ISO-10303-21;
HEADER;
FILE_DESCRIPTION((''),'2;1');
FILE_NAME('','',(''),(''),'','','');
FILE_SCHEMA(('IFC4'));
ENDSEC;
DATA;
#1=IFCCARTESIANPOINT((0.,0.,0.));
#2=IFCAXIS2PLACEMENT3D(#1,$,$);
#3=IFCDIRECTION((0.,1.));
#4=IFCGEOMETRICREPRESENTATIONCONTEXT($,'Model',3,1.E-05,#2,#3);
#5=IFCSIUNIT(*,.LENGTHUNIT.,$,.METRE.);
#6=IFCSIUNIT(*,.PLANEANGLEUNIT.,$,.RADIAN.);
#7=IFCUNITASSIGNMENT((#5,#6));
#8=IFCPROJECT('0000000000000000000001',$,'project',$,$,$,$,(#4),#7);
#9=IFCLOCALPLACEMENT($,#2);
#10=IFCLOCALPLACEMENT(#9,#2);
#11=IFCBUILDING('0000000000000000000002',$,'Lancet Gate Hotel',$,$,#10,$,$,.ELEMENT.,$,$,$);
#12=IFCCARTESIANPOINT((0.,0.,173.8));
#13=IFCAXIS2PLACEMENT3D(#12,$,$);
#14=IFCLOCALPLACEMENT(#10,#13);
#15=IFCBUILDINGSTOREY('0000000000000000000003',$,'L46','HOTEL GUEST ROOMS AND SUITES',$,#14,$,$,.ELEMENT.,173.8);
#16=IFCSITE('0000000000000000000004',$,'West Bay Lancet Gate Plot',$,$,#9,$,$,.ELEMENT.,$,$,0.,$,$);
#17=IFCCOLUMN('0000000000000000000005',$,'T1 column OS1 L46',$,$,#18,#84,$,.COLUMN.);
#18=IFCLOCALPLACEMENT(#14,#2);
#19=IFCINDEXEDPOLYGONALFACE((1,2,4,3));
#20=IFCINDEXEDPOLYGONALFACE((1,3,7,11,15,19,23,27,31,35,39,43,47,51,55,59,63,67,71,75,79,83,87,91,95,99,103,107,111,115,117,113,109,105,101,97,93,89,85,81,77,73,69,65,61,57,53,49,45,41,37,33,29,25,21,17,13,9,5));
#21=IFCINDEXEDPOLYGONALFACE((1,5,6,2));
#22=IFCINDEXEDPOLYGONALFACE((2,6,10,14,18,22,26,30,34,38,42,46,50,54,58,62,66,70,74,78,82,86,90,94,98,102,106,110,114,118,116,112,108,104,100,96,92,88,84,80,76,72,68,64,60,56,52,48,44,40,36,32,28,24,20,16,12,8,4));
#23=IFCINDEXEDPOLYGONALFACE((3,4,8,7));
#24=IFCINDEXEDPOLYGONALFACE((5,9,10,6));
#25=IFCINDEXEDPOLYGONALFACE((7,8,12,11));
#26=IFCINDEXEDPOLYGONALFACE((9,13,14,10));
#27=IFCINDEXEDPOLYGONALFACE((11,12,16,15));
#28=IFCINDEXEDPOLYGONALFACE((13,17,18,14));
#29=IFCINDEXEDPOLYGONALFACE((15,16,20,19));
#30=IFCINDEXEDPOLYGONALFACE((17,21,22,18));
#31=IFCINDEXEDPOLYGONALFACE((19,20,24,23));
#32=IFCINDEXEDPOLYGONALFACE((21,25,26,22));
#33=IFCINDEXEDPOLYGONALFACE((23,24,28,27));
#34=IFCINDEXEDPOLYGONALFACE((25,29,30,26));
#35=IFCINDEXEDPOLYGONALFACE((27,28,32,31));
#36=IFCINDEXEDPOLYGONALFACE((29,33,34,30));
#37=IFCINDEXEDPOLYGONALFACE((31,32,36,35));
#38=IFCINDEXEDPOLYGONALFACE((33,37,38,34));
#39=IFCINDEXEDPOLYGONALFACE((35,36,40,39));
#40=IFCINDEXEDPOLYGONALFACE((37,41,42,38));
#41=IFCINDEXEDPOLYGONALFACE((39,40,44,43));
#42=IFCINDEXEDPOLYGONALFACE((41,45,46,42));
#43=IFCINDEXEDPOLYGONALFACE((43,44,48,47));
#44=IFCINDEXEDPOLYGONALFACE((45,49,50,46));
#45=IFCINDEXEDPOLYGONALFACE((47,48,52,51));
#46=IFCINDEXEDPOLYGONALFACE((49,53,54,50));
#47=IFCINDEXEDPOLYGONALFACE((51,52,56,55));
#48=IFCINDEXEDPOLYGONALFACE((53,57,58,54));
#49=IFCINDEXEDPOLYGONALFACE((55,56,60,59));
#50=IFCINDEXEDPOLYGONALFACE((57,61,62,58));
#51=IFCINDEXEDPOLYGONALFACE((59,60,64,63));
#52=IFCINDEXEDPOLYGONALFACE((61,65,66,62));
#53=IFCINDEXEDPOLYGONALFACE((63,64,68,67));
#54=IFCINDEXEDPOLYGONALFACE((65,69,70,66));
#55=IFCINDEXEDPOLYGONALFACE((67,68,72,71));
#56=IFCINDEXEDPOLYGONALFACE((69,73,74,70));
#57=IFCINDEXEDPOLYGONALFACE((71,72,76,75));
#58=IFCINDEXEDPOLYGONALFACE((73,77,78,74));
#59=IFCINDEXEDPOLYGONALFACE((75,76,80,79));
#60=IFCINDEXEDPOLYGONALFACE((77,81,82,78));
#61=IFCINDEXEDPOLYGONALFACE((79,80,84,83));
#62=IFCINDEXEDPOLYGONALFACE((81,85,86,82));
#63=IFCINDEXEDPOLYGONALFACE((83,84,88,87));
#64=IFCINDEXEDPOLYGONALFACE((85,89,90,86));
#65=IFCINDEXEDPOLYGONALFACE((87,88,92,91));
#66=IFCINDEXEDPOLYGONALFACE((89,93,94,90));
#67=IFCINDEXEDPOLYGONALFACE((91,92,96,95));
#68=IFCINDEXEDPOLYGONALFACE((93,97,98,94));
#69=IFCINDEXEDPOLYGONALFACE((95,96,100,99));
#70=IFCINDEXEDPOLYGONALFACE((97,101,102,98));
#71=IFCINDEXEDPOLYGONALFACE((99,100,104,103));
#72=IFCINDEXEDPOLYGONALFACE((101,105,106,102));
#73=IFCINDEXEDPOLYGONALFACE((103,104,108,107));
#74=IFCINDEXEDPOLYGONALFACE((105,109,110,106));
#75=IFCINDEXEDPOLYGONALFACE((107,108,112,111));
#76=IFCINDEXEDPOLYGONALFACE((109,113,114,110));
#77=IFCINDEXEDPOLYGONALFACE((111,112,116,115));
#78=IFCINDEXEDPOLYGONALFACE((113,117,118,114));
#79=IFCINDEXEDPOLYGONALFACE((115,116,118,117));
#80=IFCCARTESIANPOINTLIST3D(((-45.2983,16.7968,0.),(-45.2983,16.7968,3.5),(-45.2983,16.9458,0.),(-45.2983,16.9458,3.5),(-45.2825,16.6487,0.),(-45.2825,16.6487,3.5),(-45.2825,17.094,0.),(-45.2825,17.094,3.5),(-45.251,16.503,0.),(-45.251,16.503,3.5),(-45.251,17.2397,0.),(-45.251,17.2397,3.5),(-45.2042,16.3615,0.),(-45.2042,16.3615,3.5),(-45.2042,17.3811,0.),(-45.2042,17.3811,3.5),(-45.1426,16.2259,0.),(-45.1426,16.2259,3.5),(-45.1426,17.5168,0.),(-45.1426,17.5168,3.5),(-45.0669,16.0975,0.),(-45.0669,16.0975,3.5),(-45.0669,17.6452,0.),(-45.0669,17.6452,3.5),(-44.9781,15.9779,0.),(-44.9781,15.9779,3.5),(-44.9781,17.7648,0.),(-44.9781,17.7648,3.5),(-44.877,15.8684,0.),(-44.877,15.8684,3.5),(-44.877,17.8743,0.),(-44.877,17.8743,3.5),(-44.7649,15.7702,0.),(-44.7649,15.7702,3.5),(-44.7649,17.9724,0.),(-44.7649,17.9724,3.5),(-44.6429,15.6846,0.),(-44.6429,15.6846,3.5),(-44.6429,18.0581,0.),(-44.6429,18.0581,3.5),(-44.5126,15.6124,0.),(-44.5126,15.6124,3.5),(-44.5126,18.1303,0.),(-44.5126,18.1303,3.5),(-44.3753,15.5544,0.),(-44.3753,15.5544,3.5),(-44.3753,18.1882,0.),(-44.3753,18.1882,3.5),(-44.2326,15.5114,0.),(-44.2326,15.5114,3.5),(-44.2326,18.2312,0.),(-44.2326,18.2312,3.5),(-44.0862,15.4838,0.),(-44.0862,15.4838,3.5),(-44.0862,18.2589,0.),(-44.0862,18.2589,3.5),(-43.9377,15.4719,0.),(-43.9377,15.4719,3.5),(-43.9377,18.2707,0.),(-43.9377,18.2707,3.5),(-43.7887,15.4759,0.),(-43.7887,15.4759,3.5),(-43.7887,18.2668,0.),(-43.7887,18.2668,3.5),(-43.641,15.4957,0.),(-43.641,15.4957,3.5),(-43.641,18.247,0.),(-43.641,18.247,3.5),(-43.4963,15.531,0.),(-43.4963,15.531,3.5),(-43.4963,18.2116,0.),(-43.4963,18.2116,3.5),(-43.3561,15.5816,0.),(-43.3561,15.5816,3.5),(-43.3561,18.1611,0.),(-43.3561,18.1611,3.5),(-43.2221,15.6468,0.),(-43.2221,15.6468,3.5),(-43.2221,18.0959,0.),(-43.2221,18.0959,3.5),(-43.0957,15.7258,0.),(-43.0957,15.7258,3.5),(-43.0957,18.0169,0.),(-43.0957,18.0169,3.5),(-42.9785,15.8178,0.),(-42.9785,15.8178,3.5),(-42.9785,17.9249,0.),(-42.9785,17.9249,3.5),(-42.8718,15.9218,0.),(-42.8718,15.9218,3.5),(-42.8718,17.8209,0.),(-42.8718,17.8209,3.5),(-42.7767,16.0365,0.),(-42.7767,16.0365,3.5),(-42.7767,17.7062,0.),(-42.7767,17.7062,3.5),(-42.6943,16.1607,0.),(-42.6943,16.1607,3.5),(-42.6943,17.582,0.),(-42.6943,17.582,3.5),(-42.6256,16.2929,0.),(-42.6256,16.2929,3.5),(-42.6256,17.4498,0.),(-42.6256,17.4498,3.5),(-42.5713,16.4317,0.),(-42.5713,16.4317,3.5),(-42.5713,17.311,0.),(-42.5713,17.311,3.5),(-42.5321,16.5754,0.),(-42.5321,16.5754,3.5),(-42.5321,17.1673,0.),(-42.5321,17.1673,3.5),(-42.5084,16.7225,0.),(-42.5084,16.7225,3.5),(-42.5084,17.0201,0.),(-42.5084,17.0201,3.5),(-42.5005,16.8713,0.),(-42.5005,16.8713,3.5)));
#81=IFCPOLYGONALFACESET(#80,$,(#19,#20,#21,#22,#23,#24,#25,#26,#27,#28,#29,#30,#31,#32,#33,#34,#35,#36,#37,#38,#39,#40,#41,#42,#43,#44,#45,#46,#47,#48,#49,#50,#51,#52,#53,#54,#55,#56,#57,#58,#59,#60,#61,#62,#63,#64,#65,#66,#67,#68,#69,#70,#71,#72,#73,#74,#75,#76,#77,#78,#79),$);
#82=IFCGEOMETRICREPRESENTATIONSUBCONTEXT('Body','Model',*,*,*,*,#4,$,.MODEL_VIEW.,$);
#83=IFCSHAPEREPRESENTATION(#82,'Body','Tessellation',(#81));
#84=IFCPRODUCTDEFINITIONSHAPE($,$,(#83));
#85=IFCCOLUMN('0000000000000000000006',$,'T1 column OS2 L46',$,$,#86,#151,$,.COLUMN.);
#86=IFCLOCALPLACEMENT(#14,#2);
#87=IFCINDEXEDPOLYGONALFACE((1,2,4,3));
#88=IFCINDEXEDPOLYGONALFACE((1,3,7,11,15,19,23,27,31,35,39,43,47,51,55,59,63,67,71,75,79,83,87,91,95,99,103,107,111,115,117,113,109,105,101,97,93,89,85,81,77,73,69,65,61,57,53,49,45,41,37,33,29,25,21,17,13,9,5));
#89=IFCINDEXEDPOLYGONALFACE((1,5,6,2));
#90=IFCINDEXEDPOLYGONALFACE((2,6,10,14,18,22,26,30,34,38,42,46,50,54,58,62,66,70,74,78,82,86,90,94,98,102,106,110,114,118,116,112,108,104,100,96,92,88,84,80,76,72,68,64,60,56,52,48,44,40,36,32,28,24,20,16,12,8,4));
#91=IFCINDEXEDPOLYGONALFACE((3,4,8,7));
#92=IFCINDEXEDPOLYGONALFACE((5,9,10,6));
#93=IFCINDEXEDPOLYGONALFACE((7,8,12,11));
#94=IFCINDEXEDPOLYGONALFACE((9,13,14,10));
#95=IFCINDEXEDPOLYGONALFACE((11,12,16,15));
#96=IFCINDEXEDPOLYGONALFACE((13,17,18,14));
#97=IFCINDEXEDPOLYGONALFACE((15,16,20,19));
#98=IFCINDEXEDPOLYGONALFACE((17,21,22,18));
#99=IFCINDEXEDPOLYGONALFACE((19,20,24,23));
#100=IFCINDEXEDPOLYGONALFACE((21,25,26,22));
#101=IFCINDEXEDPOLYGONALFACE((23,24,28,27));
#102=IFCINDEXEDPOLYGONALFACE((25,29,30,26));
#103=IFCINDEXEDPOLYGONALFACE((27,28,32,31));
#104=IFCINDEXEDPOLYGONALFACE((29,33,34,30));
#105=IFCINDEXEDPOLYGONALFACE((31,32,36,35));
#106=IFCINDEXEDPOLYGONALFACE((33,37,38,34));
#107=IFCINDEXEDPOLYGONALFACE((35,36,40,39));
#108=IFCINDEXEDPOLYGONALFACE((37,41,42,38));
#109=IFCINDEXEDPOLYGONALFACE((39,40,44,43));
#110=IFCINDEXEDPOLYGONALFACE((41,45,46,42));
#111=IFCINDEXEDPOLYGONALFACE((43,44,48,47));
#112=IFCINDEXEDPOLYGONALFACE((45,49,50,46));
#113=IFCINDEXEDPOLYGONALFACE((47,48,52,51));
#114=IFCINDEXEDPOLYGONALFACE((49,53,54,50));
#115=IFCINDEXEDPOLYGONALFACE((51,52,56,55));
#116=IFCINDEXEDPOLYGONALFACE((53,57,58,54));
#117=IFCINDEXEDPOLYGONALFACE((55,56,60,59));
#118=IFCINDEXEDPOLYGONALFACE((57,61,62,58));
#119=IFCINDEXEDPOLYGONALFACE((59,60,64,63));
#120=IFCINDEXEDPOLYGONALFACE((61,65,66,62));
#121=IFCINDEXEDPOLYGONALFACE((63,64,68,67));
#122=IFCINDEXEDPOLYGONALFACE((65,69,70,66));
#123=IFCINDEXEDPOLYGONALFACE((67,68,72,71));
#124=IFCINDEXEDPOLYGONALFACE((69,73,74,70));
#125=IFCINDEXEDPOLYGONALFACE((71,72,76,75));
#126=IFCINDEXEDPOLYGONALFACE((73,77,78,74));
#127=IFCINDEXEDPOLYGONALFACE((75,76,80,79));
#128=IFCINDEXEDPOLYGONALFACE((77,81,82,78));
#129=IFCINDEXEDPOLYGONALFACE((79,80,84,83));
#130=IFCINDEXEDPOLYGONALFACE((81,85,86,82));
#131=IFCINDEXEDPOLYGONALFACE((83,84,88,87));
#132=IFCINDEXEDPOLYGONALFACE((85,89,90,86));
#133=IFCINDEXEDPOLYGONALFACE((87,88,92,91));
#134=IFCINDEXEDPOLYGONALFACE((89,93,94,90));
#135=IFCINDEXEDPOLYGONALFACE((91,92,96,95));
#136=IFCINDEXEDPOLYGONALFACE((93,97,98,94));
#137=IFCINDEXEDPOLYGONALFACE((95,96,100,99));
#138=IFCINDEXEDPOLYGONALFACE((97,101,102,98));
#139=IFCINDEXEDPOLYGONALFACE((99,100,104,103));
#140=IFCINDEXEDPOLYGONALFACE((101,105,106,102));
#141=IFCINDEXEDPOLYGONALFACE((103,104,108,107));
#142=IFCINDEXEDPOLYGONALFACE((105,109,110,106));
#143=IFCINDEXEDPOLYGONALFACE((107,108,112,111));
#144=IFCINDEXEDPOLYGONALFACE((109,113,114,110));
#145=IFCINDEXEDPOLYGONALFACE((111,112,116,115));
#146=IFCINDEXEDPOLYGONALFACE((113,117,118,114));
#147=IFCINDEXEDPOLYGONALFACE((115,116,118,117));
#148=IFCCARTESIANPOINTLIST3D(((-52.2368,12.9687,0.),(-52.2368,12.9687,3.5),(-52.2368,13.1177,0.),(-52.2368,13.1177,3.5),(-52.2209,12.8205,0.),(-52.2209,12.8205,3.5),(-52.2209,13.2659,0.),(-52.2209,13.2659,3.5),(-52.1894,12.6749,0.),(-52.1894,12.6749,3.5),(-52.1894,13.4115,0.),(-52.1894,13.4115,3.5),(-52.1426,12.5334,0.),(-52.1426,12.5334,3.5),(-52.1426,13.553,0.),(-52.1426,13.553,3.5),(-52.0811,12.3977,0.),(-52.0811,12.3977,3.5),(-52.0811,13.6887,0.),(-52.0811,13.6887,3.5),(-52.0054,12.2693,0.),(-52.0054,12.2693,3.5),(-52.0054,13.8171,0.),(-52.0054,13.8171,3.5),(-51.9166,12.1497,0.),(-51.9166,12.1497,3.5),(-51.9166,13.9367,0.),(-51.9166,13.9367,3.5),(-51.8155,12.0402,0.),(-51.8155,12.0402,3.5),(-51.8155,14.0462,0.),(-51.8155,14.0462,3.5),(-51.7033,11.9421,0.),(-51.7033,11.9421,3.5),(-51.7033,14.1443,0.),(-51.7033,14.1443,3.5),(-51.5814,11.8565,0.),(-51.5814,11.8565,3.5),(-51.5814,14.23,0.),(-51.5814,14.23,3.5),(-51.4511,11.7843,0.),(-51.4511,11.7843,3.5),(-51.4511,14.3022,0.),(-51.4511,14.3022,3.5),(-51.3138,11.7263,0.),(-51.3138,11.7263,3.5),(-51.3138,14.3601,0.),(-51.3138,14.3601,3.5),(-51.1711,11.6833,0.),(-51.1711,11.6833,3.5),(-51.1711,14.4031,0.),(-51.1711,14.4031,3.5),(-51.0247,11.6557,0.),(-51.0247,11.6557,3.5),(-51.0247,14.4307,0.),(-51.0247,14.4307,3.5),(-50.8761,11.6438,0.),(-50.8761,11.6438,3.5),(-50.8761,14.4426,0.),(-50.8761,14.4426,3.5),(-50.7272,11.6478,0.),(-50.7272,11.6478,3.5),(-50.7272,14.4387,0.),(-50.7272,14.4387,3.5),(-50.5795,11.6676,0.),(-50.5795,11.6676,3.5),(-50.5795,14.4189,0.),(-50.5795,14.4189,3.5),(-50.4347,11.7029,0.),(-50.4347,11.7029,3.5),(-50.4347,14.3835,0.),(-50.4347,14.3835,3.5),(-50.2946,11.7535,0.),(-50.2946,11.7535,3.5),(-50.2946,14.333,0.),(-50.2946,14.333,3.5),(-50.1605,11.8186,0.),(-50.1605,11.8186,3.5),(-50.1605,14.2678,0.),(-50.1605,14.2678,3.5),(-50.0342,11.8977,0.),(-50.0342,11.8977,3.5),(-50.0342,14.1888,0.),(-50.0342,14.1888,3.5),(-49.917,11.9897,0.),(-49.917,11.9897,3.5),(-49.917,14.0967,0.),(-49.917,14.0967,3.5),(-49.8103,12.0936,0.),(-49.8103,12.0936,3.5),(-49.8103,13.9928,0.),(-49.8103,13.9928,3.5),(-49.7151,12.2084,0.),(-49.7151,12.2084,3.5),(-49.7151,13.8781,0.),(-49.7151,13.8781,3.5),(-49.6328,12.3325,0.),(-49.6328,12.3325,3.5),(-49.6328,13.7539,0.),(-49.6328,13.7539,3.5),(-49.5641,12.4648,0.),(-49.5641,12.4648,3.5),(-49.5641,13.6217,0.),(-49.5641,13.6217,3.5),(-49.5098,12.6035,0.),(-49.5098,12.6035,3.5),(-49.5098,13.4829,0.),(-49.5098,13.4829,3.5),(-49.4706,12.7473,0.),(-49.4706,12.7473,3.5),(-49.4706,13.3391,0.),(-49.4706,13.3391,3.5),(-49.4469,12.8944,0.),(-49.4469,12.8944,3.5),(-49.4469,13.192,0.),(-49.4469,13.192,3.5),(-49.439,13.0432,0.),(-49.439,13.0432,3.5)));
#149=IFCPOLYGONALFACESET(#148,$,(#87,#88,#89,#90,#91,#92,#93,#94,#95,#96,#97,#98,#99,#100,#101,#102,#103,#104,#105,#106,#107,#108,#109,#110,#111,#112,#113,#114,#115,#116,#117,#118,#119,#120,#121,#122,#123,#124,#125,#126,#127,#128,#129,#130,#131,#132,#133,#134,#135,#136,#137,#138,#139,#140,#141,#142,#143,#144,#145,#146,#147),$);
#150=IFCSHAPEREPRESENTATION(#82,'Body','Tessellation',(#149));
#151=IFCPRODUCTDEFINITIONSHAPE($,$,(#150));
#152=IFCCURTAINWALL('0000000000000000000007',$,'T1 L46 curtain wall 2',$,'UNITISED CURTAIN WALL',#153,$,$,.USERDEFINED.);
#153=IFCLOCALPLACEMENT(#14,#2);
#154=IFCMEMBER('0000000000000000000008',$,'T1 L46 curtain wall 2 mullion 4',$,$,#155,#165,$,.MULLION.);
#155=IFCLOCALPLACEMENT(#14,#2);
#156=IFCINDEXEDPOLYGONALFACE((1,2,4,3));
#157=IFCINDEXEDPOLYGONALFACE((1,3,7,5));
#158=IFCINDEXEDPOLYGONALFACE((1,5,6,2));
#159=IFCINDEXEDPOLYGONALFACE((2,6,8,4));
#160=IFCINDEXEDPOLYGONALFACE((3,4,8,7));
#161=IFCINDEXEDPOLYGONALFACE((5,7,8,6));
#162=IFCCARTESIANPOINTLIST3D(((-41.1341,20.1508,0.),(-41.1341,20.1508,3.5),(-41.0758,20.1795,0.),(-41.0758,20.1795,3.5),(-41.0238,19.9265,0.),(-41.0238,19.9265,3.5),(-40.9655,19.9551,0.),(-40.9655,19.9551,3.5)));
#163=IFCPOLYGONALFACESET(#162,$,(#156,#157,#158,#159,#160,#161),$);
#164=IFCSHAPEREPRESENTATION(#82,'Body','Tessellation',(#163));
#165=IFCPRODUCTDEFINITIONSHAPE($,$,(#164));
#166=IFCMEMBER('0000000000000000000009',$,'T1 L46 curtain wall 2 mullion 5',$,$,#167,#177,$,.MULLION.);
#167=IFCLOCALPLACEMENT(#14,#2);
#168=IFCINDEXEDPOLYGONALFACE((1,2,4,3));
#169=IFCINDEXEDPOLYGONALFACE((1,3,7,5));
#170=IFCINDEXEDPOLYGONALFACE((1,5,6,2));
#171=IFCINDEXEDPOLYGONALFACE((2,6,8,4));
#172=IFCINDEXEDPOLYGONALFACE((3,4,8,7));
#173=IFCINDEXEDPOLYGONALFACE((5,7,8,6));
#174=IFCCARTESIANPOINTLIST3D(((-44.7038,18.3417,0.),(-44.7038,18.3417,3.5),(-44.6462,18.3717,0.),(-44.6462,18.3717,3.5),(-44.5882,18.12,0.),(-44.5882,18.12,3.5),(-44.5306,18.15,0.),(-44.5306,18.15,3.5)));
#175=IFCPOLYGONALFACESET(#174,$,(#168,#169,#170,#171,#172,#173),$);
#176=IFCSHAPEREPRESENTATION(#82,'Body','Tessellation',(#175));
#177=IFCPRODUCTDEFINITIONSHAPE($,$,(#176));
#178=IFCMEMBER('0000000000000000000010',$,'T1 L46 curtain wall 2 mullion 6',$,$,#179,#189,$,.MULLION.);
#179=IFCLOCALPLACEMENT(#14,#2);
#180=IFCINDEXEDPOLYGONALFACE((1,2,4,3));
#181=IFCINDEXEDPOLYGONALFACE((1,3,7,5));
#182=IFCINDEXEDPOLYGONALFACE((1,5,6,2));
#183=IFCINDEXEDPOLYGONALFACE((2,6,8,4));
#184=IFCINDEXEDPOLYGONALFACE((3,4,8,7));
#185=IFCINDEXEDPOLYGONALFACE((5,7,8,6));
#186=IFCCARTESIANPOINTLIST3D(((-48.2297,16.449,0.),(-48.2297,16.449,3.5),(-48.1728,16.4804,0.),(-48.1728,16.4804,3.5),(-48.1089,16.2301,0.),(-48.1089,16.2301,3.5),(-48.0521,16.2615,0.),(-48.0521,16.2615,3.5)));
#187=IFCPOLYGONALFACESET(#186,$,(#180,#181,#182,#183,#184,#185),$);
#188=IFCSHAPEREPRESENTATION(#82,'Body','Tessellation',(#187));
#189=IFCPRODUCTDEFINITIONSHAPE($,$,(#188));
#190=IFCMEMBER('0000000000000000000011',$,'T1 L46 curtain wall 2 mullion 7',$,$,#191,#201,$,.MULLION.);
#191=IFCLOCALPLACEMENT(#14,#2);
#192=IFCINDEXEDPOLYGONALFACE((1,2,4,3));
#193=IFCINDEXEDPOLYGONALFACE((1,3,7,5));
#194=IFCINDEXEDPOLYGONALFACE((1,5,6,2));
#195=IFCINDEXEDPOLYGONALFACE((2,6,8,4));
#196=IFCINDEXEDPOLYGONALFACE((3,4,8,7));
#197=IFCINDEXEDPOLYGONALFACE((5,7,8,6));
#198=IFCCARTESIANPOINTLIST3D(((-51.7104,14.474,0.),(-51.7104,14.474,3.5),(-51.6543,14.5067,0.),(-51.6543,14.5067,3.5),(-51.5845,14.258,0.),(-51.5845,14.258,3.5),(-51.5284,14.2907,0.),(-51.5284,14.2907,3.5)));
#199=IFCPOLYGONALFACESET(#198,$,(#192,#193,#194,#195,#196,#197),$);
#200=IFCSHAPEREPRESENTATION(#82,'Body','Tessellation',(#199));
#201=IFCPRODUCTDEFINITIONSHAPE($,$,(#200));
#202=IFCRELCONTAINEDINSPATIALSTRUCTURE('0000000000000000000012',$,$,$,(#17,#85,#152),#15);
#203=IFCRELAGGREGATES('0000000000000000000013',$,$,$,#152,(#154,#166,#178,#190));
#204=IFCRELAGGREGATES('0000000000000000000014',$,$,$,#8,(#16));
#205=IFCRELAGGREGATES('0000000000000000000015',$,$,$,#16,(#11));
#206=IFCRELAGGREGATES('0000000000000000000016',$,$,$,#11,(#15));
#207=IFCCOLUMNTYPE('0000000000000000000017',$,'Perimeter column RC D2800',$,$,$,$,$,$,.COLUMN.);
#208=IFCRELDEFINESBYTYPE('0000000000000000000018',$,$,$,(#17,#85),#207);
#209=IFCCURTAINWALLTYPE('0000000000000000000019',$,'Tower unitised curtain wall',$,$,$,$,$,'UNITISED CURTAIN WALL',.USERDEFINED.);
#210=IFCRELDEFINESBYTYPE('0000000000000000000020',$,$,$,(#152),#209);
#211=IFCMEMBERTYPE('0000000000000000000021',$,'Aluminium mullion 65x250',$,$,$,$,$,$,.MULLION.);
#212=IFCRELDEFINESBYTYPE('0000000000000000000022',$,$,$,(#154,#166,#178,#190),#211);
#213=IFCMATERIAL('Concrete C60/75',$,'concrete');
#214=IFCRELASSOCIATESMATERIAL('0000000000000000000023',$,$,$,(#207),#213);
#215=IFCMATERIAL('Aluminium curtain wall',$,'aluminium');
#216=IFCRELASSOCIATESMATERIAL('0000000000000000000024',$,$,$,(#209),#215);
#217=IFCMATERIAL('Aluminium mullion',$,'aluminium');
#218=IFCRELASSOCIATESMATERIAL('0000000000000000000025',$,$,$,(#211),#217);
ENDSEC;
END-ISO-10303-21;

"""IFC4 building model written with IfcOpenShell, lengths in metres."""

from ifc_helpers import new_model, si_unit, direction, frame, origin, origin_2d, place, context, subcontext, project, spatial, rectangle, circle, extrude, material, material_profile, profile_set, type_object, element, aggregate, save


model = new_model("IFC4")

# Units and contexts
model_context = context("Model", 3, precision=1e-05, world=origin(), true_north=direction((0.0, 1.0)))
body_context = subcontext(model_context, "Body", "Model", "MODEL_VIEW")
ifc_project = project(units=[si_unit("LENGTHUNIT", "METRE"), si_unit("PLANEANGLEUNIT", "RADIAN")], contexts=[model_context])

# Site, building, storey
site_placement = place(None, origin())
site = spatial("IfcSite", under=ifc_project, at=site_placement, Name="West Bay Lancet Gate Plot", CompositionType="ELEMENT", RefElevation=0.0)
building_placement = place(site_placement, origin())
building = spatial("IfcBuilding", under=site, at=building_placement, Name="Lancet Gate Hotel", CompositionType="ELEMENT")
storey_placement = place(building_placement, frame((0.0, 0.0, 173.8)))
storey = spatial("IfcBuildingStorey", under=building, at=storey_placement, Name="L46", Description="HOTEL GUEST ROOMS AND SUITES", CompositionType="ELEMENT", Elevation=173.8)

# Columns
ifc_material_1 = material(Name="Concrete C60/75", Category="concrete")
ifc_material_profile_1 = material_profile(ifc_material_1, circle(Radius=1.3999, at=origin_2d()), Name="RC D2800")
ifc_profile_set_1 = profile_set([ifc_material_profile_1], Name="Concrete C60/75")
column_type = type_object("IfcColumnType", Name="Perimeter column RC D2800", PredefinedType="COLUMN", material=ifc_profile_set_1)
for number, where, z_axis, x_axis, name in (
    (1, (-43.9004, 16.8713, 0.0), (0.0, 0.0, 1.0), (1.0, 0.0, 0.0), "T1 column OS1 L46"),
    (2, (-50.8389, 13.0432, 0.0), (0.0, 0.0, 1.0), (1.0, 0.0, 0.0), "T1 column OS2 L46"),
):
    element("IfcColumn", number, at=place(storey_placement, frame(where, z_axis=z_axis, x_axis=x_axis)), inside=storey, type_object=column_type, Name=name, PredefinedType="COLUMN", context=body_context, shape_type="SweptSolid", body=[
        extrude(circle(Radius=1.3999, at=origin_2d()), origin(), (0.0, 0.0, 1.0), 3.5),
    ])

# Curtain wall, members
ifc_material_2 = material(Name="Aluminium curtain wall", Category="aluminium")
curtain_wall_type = type_object("IfcCurtainWallType", Name="Tower unitised curtain wall", ElementType="UNITISED CURTAIN WALL", PredefinedType="USERDEFINED", material=ifc_material_2)
curtain_wall_placement = place(storey_placement, origin())
curtain_wall = element("IfcCurtainWall", 3, at=curtain_wall_placement, inside=storey, type_object=curtain_wall_type, Name="T1 L46 curtain wall 2", ObjectType="UNITISED CURTAIN WALL", PredefinedType="USERDEFINED")
ifc_material_3 = material(Name="Aluminium mullion", Category="aluminium")
ifc_material_profile_2 = material_profile(ifc_material_3, rectangle(XDim=0.0649, YDim=0.25, at=origin_2d()), Name="MULLION 65x250")
ifc_profile_set_2 = profile_set([ifc_material_profile_2], Name="Aluminium mullion")
member_type_1 = type_object("IfcMemberType", Name="Aluminium mullion 65x250", PredefinedType="MULLION", material=ifc_profile_set_2)
member_1_placement = place(storey_placement, frame((-41.0498, 20.053, 0.0), z_axis=(0.0, 0.0, 1.0), x_axis=(-0.897324, -0.441372, 0.0)))
member_1 = element("IfcMember", 4, at=member_1_placement, type_object=member_type_1, Name="T1 L46 curtain wall 2 mullion 4", PredefinedType="MULLION", context=body_context, shape_type="SweptSolid", body=[
    extrude(rectangle(XDim=0.0649, YDim=0.25, at=origin_2d()), origin(), (0.0, 0.0, 1.0), 3.5),
])
member_2_placement = place(storey_placement, frame((-44.6172, 18.2458, 0.0), z_axis=(0.0, 0.0, 1.0), x_axis=(-0.886694, -0.462356, 0.0)))
member_2 = element("IfcMember", 5, at=member_2_placement, type_object=member_type_1, Name="T1 L46 curtain wall 2 mullion 5", PredefinedType="MULLION", context=body_context, shape_type="SweptSolid", body=[
    extrude(rectangle(XDim=0.0649, YDim=0.25, at=origin_2d()), origin(), (0.0, 0.0, 1.0), 3.5),
])
member_3_placement = place(storey_placement, frame((-48.1409, 16.3552, 0.0), z_axis=(0.0, 0.0, 1.0), x_axis=(-0.875574, -0.483084, 0.0)))
member_3 = element("IfcMember", 6, at=member_3_placement, type_object=member_type_1, Name="T1 L46 curtain wall 2 mullion 6", PredefinedType="MULLION", context=body_context, shape_type="SweptSolid", body=[
    extrude(rectangle(XDim=0.0649, YDim=0.25, at=origin_2d()), origin(), (0.0, 0.0, 1.0), 3.5),
])
member_4_placement = place(storey_placement, frame((-51.6194, 14.3823, 0.0), z_axis=(0.0, 0.0, 1.0), x_axis=(-0.863969, -0.503545, 0.0)))
member_4 = element("IfcMember", 7, at=member_4_placement, type_object=member_type_1, Name="T1 L46 curtain wall 2 mullion 7", PredefinedType="MULLION", context=body_context, shape_type="SweptSolid", body=[
    extrude(rectangle(XDim=0.0649, YDim=0.25, at=origin_2d()), origin(), (0.0, 0.0, 1.0), 3.5),
])

aggregate(curtain_wall, [member_1, member_2, member_3, member_4])

save(model, "model.ifc")
